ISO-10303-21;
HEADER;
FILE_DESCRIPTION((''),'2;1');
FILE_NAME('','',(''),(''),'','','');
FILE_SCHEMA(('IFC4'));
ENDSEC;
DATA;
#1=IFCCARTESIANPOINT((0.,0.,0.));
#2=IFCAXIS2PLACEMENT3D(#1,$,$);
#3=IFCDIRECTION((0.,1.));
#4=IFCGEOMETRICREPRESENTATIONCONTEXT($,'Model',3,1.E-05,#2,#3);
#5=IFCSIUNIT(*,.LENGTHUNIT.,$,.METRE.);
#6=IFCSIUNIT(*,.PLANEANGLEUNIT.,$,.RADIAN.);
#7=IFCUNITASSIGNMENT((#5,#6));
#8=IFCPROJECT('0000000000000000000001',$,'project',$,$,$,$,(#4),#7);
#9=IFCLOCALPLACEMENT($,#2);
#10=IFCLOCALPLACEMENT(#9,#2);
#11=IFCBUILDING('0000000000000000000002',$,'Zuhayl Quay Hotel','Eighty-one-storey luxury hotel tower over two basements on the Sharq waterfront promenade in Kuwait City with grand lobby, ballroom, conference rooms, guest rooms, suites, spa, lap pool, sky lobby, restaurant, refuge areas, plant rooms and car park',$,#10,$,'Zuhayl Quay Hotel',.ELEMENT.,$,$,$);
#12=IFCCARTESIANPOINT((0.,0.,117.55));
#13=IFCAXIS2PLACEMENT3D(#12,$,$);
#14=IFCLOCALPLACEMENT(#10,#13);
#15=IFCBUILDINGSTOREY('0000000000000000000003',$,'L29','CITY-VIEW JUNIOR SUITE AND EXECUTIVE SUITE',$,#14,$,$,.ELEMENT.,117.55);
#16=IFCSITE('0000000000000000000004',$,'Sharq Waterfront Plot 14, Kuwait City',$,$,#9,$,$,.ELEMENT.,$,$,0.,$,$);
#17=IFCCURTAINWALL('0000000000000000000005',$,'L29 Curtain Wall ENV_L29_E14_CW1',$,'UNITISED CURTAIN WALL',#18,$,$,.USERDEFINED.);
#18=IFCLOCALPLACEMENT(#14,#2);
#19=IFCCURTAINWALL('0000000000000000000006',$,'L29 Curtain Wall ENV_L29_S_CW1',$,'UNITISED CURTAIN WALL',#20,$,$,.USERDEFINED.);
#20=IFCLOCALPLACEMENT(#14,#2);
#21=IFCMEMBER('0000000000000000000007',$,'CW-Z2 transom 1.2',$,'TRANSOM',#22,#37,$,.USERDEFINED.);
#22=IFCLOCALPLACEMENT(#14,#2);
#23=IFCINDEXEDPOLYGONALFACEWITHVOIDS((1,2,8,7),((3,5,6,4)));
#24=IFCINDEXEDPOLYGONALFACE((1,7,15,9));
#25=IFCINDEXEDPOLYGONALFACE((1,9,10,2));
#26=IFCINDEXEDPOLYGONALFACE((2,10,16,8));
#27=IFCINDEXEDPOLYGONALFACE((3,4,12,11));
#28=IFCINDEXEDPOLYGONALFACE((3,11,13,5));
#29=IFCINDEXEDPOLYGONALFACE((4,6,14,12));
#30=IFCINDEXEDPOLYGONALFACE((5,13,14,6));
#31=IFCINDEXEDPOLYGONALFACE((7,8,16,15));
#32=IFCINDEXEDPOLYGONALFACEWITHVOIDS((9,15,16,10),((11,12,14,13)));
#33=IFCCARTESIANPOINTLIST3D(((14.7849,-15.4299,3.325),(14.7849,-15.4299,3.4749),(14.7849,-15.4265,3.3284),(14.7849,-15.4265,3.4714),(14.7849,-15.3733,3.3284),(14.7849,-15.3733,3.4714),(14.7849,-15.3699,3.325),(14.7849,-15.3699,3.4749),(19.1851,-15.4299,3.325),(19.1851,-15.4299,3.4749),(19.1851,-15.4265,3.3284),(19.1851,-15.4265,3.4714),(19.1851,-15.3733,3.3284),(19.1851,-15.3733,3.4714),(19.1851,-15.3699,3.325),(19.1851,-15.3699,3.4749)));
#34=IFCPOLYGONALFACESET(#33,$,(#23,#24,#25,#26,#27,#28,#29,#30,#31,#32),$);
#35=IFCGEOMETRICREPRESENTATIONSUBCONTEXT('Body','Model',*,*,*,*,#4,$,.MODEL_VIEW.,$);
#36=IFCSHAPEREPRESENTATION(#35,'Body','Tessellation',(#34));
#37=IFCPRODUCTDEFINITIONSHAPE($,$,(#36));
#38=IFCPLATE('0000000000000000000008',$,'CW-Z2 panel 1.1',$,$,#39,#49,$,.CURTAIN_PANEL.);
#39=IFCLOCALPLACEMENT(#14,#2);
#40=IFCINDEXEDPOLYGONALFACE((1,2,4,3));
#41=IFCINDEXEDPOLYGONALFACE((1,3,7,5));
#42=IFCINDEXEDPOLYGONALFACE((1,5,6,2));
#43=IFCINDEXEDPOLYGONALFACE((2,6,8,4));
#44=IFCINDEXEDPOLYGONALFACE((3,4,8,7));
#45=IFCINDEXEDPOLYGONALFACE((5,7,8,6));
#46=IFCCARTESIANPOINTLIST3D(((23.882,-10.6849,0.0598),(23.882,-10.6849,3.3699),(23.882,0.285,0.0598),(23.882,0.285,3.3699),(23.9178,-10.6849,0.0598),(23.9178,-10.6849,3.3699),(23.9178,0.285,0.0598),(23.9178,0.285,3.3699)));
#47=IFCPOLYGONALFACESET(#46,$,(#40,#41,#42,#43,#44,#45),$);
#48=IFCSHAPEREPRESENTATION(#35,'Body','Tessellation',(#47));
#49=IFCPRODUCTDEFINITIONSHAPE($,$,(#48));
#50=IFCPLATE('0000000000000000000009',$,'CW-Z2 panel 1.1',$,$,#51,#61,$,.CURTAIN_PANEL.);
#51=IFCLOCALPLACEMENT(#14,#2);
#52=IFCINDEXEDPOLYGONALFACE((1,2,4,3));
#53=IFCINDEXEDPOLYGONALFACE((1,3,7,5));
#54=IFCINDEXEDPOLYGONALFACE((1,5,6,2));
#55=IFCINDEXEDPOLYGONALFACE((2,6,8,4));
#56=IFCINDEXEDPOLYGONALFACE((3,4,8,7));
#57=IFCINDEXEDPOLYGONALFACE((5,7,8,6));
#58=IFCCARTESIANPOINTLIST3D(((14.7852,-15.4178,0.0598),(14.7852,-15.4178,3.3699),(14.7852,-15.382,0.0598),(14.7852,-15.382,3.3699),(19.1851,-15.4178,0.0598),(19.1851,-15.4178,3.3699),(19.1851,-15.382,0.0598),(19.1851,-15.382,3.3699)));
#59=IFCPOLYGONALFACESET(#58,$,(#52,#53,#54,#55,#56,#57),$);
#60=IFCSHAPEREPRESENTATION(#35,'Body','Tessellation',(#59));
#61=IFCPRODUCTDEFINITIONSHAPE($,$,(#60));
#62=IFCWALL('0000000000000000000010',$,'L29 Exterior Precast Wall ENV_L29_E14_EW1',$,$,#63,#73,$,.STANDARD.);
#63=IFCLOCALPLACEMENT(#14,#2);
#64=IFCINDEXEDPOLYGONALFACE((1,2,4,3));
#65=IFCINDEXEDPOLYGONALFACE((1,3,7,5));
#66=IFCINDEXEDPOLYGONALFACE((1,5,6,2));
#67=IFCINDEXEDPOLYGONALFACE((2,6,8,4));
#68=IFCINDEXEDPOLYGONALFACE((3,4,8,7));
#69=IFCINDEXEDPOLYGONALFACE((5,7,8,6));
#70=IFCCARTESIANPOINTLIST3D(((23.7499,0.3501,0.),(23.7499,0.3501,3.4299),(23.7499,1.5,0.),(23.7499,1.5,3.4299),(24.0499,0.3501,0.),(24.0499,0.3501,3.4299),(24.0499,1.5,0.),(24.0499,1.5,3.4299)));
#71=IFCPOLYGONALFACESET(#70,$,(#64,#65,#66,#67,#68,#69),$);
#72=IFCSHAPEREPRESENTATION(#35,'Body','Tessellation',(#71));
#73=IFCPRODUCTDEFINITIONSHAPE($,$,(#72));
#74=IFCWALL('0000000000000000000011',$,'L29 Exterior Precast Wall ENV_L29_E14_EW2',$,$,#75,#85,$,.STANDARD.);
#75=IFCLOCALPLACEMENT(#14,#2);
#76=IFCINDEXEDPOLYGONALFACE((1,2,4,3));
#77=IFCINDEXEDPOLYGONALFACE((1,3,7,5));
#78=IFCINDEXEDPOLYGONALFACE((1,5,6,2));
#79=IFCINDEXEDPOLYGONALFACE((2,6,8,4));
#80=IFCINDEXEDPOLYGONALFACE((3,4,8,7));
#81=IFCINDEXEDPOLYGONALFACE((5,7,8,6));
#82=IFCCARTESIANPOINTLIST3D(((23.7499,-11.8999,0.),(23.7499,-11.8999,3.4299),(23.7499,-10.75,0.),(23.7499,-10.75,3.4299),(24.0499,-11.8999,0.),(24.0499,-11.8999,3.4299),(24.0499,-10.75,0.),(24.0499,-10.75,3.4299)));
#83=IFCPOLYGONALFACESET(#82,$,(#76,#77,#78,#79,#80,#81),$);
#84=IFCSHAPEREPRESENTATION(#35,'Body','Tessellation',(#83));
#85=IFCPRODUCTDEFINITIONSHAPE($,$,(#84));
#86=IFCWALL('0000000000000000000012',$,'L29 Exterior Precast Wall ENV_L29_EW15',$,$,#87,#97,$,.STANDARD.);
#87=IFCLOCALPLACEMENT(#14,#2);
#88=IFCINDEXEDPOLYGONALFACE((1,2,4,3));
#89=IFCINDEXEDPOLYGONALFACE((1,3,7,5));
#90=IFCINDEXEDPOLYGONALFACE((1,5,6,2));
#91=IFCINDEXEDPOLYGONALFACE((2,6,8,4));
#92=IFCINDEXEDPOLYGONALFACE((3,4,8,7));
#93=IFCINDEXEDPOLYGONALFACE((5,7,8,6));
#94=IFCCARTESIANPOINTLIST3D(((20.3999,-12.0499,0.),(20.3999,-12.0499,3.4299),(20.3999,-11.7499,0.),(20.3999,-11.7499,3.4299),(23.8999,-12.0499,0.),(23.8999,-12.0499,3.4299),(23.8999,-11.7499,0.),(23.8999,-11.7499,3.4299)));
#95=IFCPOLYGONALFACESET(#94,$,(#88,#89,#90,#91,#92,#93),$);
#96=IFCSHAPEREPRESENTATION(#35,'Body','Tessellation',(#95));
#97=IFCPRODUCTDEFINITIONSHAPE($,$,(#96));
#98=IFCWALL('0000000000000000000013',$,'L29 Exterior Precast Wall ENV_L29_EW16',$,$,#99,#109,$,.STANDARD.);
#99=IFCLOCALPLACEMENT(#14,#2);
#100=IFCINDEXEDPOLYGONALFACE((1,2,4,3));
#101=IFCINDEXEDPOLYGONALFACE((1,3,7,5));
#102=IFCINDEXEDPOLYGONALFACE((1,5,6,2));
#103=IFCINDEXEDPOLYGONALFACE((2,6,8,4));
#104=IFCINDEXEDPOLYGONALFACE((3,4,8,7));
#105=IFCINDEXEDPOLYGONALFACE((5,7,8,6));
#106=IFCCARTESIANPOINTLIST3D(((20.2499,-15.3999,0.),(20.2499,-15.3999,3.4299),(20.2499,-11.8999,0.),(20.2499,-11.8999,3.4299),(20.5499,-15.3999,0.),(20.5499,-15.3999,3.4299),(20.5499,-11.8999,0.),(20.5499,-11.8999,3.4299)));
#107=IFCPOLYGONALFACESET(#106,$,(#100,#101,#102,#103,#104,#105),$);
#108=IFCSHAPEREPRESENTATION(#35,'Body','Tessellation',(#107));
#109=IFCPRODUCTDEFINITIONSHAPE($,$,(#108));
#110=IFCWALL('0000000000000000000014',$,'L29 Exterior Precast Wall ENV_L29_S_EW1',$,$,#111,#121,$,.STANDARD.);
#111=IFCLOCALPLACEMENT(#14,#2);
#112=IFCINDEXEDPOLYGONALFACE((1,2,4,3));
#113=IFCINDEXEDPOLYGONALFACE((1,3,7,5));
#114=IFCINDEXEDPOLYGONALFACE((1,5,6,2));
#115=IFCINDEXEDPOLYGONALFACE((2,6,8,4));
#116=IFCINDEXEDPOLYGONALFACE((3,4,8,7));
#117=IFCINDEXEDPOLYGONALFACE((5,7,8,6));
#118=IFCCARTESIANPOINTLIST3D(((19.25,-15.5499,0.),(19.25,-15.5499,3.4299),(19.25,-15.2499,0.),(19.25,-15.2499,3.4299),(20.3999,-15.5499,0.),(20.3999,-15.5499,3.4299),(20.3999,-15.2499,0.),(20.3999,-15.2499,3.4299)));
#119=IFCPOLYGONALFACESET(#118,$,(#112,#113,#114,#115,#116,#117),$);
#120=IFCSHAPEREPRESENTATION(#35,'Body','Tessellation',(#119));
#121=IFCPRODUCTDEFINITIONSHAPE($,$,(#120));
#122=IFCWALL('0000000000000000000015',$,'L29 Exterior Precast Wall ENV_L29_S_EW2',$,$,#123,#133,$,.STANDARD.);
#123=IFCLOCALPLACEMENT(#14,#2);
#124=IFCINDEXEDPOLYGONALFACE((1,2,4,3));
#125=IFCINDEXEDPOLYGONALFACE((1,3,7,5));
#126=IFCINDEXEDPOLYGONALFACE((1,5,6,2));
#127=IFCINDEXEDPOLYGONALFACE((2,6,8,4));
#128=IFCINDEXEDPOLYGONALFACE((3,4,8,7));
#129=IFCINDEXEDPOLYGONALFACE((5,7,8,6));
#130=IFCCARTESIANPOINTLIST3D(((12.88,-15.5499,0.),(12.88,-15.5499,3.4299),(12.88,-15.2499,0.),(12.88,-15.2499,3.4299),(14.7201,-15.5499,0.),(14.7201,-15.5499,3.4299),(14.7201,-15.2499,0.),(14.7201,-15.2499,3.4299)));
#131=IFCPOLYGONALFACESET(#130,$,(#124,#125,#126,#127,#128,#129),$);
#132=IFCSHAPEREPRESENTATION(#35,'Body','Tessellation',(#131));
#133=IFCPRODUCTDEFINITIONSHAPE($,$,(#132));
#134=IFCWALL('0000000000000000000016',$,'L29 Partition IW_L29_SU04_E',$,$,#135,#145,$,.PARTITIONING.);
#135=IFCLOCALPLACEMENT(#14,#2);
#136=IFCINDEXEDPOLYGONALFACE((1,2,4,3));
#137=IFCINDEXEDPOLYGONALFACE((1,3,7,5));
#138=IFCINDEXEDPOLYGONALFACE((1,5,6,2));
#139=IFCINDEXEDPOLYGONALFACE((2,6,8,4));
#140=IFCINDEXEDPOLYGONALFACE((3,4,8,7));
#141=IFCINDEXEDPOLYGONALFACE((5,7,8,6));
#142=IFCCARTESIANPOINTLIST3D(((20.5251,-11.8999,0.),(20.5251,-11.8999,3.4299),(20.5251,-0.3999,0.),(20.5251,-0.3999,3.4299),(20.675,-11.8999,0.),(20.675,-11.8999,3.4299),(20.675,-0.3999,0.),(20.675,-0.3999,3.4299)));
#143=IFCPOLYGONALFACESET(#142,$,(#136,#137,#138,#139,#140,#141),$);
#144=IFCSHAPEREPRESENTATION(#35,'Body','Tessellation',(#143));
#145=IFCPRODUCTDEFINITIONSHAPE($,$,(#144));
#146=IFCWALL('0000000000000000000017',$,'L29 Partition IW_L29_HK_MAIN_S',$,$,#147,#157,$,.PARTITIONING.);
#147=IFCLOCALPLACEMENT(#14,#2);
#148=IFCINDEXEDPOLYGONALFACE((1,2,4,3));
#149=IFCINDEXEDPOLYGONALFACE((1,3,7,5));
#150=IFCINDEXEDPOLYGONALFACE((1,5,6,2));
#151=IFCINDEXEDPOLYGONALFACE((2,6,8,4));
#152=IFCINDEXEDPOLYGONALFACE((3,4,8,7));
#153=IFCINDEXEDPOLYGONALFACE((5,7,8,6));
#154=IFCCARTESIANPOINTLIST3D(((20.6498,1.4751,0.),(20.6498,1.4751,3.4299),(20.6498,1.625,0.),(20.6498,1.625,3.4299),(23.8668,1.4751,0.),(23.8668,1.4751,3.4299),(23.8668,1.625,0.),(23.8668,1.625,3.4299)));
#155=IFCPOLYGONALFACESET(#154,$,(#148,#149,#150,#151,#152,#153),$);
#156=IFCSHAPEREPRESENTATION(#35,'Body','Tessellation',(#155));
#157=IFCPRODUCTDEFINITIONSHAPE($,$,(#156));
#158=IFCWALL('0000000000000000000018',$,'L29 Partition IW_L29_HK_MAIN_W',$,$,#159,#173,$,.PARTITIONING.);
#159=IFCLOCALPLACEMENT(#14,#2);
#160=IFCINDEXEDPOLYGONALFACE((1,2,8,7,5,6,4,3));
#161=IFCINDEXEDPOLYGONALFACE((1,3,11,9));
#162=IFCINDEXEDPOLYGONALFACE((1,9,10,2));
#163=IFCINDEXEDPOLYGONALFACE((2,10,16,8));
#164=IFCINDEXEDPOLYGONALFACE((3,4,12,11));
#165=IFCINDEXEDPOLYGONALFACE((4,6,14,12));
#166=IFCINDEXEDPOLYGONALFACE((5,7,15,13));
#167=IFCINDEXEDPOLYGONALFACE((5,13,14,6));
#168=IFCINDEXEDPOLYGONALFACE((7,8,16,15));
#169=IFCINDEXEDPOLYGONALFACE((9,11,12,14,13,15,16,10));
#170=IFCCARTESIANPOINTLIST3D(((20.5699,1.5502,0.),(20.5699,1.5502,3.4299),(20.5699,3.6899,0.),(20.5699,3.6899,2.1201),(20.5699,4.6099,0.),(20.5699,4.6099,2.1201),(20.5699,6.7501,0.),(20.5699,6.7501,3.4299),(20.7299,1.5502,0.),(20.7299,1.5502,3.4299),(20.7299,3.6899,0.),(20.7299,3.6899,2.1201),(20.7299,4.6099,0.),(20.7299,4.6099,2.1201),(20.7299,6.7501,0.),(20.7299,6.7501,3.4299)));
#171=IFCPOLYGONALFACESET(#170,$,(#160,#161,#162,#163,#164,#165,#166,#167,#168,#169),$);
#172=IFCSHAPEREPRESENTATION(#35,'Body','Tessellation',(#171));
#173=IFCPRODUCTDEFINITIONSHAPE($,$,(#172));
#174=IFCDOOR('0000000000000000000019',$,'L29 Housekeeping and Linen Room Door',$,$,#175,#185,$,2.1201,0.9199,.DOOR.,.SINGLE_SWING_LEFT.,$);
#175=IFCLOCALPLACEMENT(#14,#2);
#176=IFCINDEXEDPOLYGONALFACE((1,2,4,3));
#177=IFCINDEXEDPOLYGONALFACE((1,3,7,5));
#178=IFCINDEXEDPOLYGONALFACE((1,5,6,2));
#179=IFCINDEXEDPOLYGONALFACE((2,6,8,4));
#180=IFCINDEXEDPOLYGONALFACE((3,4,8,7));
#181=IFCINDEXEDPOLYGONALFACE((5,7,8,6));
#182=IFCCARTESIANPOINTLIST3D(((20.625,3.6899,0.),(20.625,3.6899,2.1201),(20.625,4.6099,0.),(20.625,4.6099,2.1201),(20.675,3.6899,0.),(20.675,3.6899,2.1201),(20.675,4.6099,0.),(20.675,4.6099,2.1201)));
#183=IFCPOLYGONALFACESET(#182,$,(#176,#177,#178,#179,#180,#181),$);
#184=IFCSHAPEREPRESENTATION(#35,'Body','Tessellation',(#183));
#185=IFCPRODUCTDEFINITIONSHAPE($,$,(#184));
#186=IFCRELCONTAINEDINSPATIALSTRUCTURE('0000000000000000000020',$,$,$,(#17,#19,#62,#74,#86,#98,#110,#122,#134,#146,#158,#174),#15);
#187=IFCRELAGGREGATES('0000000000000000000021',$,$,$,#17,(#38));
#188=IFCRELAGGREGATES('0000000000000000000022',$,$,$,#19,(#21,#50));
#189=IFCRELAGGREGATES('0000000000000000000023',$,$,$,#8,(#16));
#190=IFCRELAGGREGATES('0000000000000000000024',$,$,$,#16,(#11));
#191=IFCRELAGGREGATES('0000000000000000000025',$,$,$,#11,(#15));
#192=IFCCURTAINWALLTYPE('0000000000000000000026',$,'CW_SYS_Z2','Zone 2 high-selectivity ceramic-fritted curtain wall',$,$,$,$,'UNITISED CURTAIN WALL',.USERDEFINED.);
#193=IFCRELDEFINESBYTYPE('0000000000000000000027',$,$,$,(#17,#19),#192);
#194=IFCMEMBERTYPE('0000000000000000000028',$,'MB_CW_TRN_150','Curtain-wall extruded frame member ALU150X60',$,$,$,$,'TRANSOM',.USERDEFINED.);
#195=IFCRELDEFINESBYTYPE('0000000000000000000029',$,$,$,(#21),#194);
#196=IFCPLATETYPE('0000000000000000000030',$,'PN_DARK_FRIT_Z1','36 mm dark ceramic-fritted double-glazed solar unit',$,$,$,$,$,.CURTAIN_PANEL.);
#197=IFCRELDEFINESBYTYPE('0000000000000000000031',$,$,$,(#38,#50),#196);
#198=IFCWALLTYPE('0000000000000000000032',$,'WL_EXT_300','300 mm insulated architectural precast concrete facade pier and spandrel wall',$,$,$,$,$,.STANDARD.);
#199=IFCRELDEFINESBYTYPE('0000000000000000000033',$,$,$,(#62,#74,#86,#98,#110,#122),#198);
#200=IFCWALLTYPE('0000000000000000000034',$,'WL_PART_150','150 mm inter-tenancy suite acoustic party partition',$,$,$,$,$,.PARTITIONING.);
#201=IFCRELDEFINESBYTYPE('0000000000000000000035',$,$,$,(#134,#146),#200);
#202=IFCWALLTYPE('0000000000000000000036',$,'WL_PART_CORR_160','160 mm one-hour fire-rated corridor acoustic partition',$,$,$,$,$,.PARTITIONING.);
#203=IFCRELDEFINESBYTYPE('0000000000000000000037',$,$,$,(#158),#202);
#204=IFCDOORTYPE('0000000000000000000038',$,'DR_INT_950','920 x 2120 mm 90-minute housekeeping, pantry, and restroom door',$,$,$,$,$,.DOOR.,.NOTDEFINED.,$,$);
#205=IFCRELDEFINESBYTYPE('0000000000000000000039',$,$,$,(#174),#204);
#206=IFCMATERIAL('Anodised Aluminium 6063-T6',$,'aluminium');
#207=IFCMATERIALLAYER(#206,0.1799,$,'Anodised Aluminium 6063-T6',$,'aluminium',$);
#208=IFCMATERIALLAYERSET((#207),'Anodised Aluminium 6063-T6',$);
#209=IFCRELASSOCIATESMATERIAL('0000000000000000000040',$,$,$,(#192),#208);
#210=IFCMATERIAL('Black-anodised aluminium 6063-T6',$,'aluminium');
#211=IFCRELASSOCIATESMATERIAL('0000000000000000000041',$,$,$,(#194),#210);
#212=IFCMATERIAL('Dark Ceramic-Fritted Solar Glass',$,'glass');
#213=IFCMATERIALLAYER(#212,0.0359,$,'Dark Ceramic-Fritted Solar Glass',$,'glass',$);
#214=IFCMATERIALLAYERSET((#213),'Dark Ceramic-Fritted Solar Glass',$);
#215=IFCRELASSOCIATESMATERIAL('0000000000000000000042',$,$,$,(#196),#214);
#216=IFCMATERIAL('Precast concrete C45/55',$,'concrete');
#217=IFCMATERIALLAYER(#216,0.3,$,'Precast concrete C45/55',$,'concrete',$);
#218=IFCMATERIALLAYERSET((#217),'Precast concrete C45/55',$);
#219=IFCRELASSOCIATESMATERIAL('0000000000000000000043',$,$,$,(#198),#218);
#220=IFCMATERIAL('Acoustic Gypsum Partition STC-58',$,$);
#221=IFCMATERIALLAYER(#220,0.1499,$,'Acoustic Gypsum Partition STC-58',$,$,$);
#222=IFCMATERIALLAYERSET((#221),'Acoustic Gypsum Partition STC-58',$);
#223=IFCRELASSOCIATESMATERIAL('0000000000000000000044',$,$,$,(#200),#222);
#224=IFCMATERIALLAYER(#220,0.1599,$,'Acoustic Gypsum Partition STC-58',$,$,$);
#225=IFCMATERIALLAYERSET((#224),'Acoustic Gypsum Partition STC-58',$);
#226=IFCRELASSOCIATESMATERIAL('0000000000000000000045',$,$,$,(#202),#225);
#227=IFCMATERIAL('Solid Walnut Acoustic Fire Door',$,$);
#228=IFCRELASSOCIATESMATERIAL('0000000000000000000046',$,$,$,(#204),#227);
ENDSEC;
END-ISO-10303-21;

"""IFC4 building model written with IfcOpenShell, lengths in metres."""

from ifc_helpers import new_model, si_unit, direction, frame, frame_2d, origin, origin_2d, place, context, subcontext, project, spatial, rectangle, hollow_rectangle, extrude, material, layer, layer_set, material_profile, profile_set, type_object, element, fill, aggregate, save


model = new_model("IFC4")

# Units and contexts
model_context = context("Model", 3, precision=1e-05, world=origin(), true_north=direction((0.0, 1.0)))
body_context = subcontext(model_context, "Body", "Model", "MODEL_VIEW")
ifc_project = project(units=[si_unit("LENGTHUNIT", "METRE"), si_unit("PLANEANGLEUNIT", "RADIAN")], contexts=[model_context])

# Site, building, storey
site_placement = place(None, origin())
site = spatial("IfcSite", under=ifc_project, at=site_placement, Name="Sharq Waterfront Plot 14, Kuwait City", CompositionType="ELEMENT", RefElevation=0.0)
building_placement = place(site_placement, origin())
building = spatial("IfcBuilding", under=site, at=building_placement, Name="Zuhayl Quay Hotel", Description="Eighty-one-storey luxury hotel tower over two basements on the Sharq waterfront promenade in Kuwait City with grand lobby, ballroom, conference rooms, guest rooms, suites, spa, lap pool, sky lobby, restaurant, refuge areas, plant rooms and car park", LongName="Zuhayl Quay Hotel", CompositionType="ELEMENT")
storey_placement = place(building_placement, frame((0.0, 0.0, 117.55)))
storey = spatial("IfcBuildingStorey", under=building, at=storey_placement, Name="L29", Description="CITY-VIEW JUNIOR SUITE AND EXECUTIVE SUITE", CompositionType="ELEMENT", Elevation=117.55)

# Curtain walls
ifc_material_1 = material(Name="Anodised Aluminium 6063-T6", Category="aluminium")
ifc_layer_1 = layer(ifc_material_1, 0.1799, Name="Anodised Aluminium 6063-T6", Category="aluminium")
ifc_layer_set_1 = layer_set([ifc_layer_1], Name="Anodised Aluminium 6063-T6")
curtain_wall_type = type_object("IfcCurtainWallType", Name="CW_SYS_Z2", Description="Zone 2 high-selectivity ceramic-fritted curtain wall", ElementType="UNITISED CURTAIN WALL", PredefinedType="USERDEFINED", material=ifc_layer_set_1)
curtain_wall_1_placement = place(storey_placement, origin())
curtain_wall_1 = element("IfcCurtainWall", 1, at=curtain_wall_1_placement, inside=storey, type_object=curtain_wall_type, Name="L29 Curtain Wall ENV_L29_E14_CW1", ObjectType="UNITISED CURTAIN WALL", PredefinedType="USERDEFINED")
ifc_material_2 = material(Name="Black-anodised aluminium 6063-T6", Category="aluminium")
curtain_wall_2_placement = place(storey_placement, origin())
curtain_wall_2 = element("IfcCurtainWall", 2, at=curtain_wall_2_placement, inside=storey, type_object=curtain_wall_type, Name="L29 Curtain Wall ENV_L29_S_CW1", ObjectType="UNITISED CURTAIN WALL", PredefinedType="USERDEFINED")

# Member
ifc_material_profile_1 = material_profile(ifc_material_2, hollow_rectangle(XDim=0.0601, YDim=0.1499, WallThickness=0.0034, at=origin_2d()), Name="ALU150X60")
ifc_profile_set_1 = profile_set([ifc_material_profile_1], Name="Black-anodised aluminium 6063-T6")
member_type_1 = type_object("IfcMemberType", Name="MB_CW_TRN_150", Description="Curtain-wall extruded frame member ALU150X60", ElementType="TRANSOM", PredefinedType="USERDEFINED", material=ifc_profile_set_1)
member_1_placement = place(storey_placement, frame((19.1851, -15.3999, 3.3999), z_axis=(-1.0, 0.0, 0.0), x_axis=(0.0, -1.0, 0.0)))
member_1 = element("IfcMember", 3, at=member_1_placement, type_object=member_type_1, Name="CW-Z2 transom 1.2", ObjectType="TRANSOM", PredefinedType="USERDEFINED", context=body_context, shape_type="SweptSolid", body=[
    extrude(hollow_rectangle(XDim=0.0601, YDim=0.1499, WallThickness=0.0034, at=origin_2d()), origin(), (0.0, 0.0, 1.0), 4.4001),
])

# Plates
ifc_material_3 = material(Name="Dark Ceramic-Fritted Solar Glass", Category="glass")
ifc_layer_2 = layer(ifc_material_3, 0.0359, Name="Dark Ceramic-Fritted Solar Glass", Category="glass")
ifc_layer_set_2 = layer_set([ifc_layer_2], Name="Dark Ceramic-Fritted Solar Glass")
plate_type = type_object("IfcPlateType", Name="PN_DARK_FRIT_Z1", Description="36 mm dark ceramic-fritted double-glazed solar unit", PredefinedType="CURTAIN_PANEL", material=ifc_layer_set_2)
plate_1_placement = place(storey_placement, frame((23.8999, -5.2, 0.0598), z_axis=(0.0, 0.0, 1.0), x_axis=(0.0, -1.0, 0.0)))
plate_1 = element("IfcPlate", 4, at=plate_1_placement, type_object=plate_type, Name="CW-Z2 panel 1.1", PredefinedType="CURTAIN_PANEL", context=body_context, shape_type="SweptSolid", body=[
    extrude(rectangle(XDim=10.97, YDim=0.0359, at=origin_2d()), origin(), (0.0, 0.0, 1.0), 3.3101),
])
aggregate(curtain_wall_1, [plate_1])
plate_2_placement = place(storey_placement, frame((16.9851, -15.3999, 0.0598), z_axis=(0.0, 0.0, 1.0), x_axis=(-1.0, 0.0, 0.0)))
plate_2 = element("IfcPlate", 5, at=plate_2_placement, type_object=plate_type, Name="CW-Z2 panel 1.1", PredefinedType="CURTAIN_PANEL", context=body_context, shape_type="SweptSolid", body=[
    extrude(rectangle(XDim=4.3999, YDim=0.0359, at=origin_2d()), origin(), (0.0, 0.0, 1.0), 3.3101),
])
aggregate(curtain_wall_2, [member_1, plate_2])

# Walls
ifc_material_4 = material(Name="Precast concrete C45/55", Category="concrete")
ifc_layer_3 = layer(ifc_material_4, 0.3, Name="Precast concrete C45/55", Category="concrete")
ifc_layer_set_3 = layer_set([ifc_layer_3], Name="Precast concrete C45/55")
wall_type_1 = type_object("IfcWallType", Name="WL_EXT_300", Description="300 mm insulated architectural precast concrete facade pier and spandrel wall", PredefinedType="STANDARD", material=ifc_layer_set_3)
for number, where, z_axis, x_axis, name in (
    (6, (23.8999, 1.5, 0.0), (0.0, 0.0, 1.0), (0.0, -1.0, 0.0), "L29 Exterior Precast Wall ENV_L29_E14_EW1"),
    (7, (23.8999, -10.75, 0.0), (0.0, 0.0, 1.0), (0.0, -1.0, 0.0), "L29 Exterior Precast Wall ENV_L29_E14_EW2"),
):
    element("IfcWall", number, at=place(storey_placement, frame(where, z_axis=z_axis, x_axis=x_axis)), inside=storey, type_object=wall_type_1, Name=name, PredefinedType="STANDARD", context=body_context, shape_type="SweptSolid", body=[
        extrude(rectangle(XDim=1.1499, YDim=0.3, at=frame_2d((0.575, 0.0))), origin(), (0.0, 0.0, 1.0), 3.4299),
    ])
for number, where, z_axis, x_axis, name in (
    (8, (23.8999, -11.8999, 0.0), (0.0, 0.0, 1.0), (-1.0, 0.0, 0.0), "L29 Exterior Precast Wall ENV_L29_EW15"),
    (9, (20.3999, -11.8999, 0.0), (0.0, 0.0, 1.0), (0.0, -1.0, 0.0), "L29 Exterior Precast Wall ENV_L29_EW16"),
):
    element("IfcWall", number, at=place(storey_placement, frame(where, z_axis=z_axis, x_axis=x_axis)), inside=storey, type_object=wall_type_1, Name=name, PredefinedType="STANDARD", context=body_context, shape_type="SweptSolid", body=[
        extrude(rectangle(XDim=3.5, YDim=0.3, at=frame_2d((1.75, 0.0))), origin(), (0.0, 0.0, 1.0), 3.4299),
    ])
wall_1_placement = place(storey_placement, frame((20.3999, -15.3999, 0.0), z_axis=(0.0, 0.0, 1.0), x_axis=(-1.0, 0.0, 0.0)))
element("IfcWall", 10, at=wall_1_placement, inside=storey, type_object=wall_type_1, Name="L29 Exterior Precast Wall ENV_L29_S_EW1", PredefinedType="STANDARD", context=body_context, shape_type="SweptSolid", body=[
    extrude(rectangle(XDim=1.1499, YDim=0.3, at=frame_2d((0.575, 0.0))), origin(), (0.0, 0.0, 1.0), 3.4299),
])
wall_2_placement = place(storey_placement, frame((14.72, -15.3999, 0.0), z_axis=(0.0, 0.0, 1.0), x_axis=(-1.0, 0.0, 0.0)))
element("IfcWall", 11, at=wall_2_placement, inside=storey, type_object=wall_type_1, Name="L29 Exterior Precast Wall ENV_L29_S_EW2", PredefinedType="STANDARD", context=body_context, shape_type="SweptSolid", body=[
    extrude(rectangle(XDim=1.8401, YDim=0.3, at=frame_2d((0.9199, 0.0))), origin(), (0.0, 0.0, 1.0), 3.4299),
])
ifc_material_5 = material(Name="Acoustic Gypsum Partition STC-58")
ifc_layer_4 = layer(ifc_material_5, 0.1499, Name="Acoustic Gypsum Partition STC-58")
ifc_layer_set_4 = layer_set([ifc_layer_4], Name="Acoustic Gypsum Partition STC-58")
wall_type_2 = type_object("IfcWallType", Name="WL_PART_150", Description="150 mm inter-tenancy suite acoustic party partition", PredefinedType="PARTITIONING", material=ifc_layer_set_4)
wall_3_placement = place(storey_placement, frame((20.6001, -11.8999, 0.0), z_axis=(0.0, 0.0, 1.0), x_axis=(0.0, 1.0, 0.0)))
element("IfcWall", 12, at=wall_3_placement, inside=storey, type_object=wall_type_2, Name="L29 Partition IW_L29_SU04_E", PredefinedType="PARTITIONING", context=body_context, shape_type="SweptSolid", body=[
    extrude(rectangle(XDim=11.5, YDim=0.1499, at=frame_2d((5.75, 0.0))), origin(), (0.0, 0.0, 1.0), 3.4299),
])
wall_4_placement = place(storey_placement, frame((20.6499, 1.55, 0.0), z_axis=(0.0, 0.0, 1.0), x_axis=(1.0, 0.0, 0.0)))
element("IfcWall", 13, at=wall_4_placement, inside=storey, type_object=wall_type_2, Name="L29 Partition IW_L29_HK_MAIN_S", PredefinedType="PARTITIONING", context=body_context, shape_type="SweptSolid", body=[
    extrude(rectangle(XDim=3.217, YDim=0.1499, at=frame_2d((1.6084, 0.0))), origin(), (0.0, 0.0, 1.0), 3.4299),
])

# Wall, opening, door
ifc_layer_5 = layer(ifc_material_5, 0.1599, Name="Acoustic Gypsum Partition STC-58")
ifc_layer_set_5 = layer_set([ifc_layer_5], Name="Acoustic Gypsum Partition STC-58")
wall_type_3 = type_object("IfcWallType", Name="WL_PART_CORR_160", Description="160 mm one-hour fire-rated corridor acoustic partition", PredefinedType="PARTITIONING", material=ifc_layer_set_5)
wall_5_placement = place(storey_placement, frame((20.6499, 1.55, 0.0), z_axis=(0.0, 0.0, 1.0), x_axis=(0.0, 1.0, 0.0)))
wall_5 = element("IfcWall", 14, at=wall_5_placement, inside=storey, type_object=wall_type_3, Name="L29 Partition IW_L29_HK_MAIN_W", PredefinedType="PARTITIONING", context=body_context, shape_type="SweptSolid", body=[
    extrude(rectangle(XDim=5.2, YDim=0.1599, at=frame_2d((2.6001, 0.0))), origin(), (0.0, 0.0, 1.0), 3.4299),
])
opening_placement = place(wall_5_placement, frame((2.1399, 0.0, 0.0)))
opening = element("IfcOpeningElement", 15, at=opening_placement, cuts=wall_5, PredefinedType="OPENING", context=body_context, shape_type="SweptSolid", body=[
    extrude(rectangle(XDim=0.9199, YDim=2.1201, at=frame_2d((0.46, 1.0601))), frame((0.0, 0.0898, 0.0), z_axis=(0.0, -1.0, 0.0), x_axis=(1.0, 0.0, 0.0)), (0.0, 0.0, 1.0), 0.1799),
])
ifc_material_6 = material(Name="Solid Walnut Acoustic Fire Door")
door_type = type_object("IfcDoorType", Name="DR_INT_950", Description="920 x 2120 mm 90-minute housekeeping, pantry, and restroom door", OperationType="NOTDEFINED", PredefinedType="DOOR", material=ifc_material_6)
door_placement = place(opening_placement, origin())
door = element("IfcDoor", 16, at=door_placement, inside=storey, type_object=door_type, Name="L29 Housekeeping and Linen Room Door", OperationType="SINGLE_SWING_LEFT", OverallHeight=2.1201, OverallWidth=0.9199, PredefinedType="DOOR", context=body_context, shape_type="SweptSolid", body=[
    extrude(rectangle(XDim=0.9199, YDim=2.1201, at=frame_2d((0.46, 1.0601))), frame((0.0, 0.0249, 0.0), z_axis=(0.0, -1.0, 0.0), x_axis=(1.0, 0.0, 0.0)), (0.0, 0.0, 1.0), 0.05),
])
fill(opening, door)

save(model, "model.ifc")
